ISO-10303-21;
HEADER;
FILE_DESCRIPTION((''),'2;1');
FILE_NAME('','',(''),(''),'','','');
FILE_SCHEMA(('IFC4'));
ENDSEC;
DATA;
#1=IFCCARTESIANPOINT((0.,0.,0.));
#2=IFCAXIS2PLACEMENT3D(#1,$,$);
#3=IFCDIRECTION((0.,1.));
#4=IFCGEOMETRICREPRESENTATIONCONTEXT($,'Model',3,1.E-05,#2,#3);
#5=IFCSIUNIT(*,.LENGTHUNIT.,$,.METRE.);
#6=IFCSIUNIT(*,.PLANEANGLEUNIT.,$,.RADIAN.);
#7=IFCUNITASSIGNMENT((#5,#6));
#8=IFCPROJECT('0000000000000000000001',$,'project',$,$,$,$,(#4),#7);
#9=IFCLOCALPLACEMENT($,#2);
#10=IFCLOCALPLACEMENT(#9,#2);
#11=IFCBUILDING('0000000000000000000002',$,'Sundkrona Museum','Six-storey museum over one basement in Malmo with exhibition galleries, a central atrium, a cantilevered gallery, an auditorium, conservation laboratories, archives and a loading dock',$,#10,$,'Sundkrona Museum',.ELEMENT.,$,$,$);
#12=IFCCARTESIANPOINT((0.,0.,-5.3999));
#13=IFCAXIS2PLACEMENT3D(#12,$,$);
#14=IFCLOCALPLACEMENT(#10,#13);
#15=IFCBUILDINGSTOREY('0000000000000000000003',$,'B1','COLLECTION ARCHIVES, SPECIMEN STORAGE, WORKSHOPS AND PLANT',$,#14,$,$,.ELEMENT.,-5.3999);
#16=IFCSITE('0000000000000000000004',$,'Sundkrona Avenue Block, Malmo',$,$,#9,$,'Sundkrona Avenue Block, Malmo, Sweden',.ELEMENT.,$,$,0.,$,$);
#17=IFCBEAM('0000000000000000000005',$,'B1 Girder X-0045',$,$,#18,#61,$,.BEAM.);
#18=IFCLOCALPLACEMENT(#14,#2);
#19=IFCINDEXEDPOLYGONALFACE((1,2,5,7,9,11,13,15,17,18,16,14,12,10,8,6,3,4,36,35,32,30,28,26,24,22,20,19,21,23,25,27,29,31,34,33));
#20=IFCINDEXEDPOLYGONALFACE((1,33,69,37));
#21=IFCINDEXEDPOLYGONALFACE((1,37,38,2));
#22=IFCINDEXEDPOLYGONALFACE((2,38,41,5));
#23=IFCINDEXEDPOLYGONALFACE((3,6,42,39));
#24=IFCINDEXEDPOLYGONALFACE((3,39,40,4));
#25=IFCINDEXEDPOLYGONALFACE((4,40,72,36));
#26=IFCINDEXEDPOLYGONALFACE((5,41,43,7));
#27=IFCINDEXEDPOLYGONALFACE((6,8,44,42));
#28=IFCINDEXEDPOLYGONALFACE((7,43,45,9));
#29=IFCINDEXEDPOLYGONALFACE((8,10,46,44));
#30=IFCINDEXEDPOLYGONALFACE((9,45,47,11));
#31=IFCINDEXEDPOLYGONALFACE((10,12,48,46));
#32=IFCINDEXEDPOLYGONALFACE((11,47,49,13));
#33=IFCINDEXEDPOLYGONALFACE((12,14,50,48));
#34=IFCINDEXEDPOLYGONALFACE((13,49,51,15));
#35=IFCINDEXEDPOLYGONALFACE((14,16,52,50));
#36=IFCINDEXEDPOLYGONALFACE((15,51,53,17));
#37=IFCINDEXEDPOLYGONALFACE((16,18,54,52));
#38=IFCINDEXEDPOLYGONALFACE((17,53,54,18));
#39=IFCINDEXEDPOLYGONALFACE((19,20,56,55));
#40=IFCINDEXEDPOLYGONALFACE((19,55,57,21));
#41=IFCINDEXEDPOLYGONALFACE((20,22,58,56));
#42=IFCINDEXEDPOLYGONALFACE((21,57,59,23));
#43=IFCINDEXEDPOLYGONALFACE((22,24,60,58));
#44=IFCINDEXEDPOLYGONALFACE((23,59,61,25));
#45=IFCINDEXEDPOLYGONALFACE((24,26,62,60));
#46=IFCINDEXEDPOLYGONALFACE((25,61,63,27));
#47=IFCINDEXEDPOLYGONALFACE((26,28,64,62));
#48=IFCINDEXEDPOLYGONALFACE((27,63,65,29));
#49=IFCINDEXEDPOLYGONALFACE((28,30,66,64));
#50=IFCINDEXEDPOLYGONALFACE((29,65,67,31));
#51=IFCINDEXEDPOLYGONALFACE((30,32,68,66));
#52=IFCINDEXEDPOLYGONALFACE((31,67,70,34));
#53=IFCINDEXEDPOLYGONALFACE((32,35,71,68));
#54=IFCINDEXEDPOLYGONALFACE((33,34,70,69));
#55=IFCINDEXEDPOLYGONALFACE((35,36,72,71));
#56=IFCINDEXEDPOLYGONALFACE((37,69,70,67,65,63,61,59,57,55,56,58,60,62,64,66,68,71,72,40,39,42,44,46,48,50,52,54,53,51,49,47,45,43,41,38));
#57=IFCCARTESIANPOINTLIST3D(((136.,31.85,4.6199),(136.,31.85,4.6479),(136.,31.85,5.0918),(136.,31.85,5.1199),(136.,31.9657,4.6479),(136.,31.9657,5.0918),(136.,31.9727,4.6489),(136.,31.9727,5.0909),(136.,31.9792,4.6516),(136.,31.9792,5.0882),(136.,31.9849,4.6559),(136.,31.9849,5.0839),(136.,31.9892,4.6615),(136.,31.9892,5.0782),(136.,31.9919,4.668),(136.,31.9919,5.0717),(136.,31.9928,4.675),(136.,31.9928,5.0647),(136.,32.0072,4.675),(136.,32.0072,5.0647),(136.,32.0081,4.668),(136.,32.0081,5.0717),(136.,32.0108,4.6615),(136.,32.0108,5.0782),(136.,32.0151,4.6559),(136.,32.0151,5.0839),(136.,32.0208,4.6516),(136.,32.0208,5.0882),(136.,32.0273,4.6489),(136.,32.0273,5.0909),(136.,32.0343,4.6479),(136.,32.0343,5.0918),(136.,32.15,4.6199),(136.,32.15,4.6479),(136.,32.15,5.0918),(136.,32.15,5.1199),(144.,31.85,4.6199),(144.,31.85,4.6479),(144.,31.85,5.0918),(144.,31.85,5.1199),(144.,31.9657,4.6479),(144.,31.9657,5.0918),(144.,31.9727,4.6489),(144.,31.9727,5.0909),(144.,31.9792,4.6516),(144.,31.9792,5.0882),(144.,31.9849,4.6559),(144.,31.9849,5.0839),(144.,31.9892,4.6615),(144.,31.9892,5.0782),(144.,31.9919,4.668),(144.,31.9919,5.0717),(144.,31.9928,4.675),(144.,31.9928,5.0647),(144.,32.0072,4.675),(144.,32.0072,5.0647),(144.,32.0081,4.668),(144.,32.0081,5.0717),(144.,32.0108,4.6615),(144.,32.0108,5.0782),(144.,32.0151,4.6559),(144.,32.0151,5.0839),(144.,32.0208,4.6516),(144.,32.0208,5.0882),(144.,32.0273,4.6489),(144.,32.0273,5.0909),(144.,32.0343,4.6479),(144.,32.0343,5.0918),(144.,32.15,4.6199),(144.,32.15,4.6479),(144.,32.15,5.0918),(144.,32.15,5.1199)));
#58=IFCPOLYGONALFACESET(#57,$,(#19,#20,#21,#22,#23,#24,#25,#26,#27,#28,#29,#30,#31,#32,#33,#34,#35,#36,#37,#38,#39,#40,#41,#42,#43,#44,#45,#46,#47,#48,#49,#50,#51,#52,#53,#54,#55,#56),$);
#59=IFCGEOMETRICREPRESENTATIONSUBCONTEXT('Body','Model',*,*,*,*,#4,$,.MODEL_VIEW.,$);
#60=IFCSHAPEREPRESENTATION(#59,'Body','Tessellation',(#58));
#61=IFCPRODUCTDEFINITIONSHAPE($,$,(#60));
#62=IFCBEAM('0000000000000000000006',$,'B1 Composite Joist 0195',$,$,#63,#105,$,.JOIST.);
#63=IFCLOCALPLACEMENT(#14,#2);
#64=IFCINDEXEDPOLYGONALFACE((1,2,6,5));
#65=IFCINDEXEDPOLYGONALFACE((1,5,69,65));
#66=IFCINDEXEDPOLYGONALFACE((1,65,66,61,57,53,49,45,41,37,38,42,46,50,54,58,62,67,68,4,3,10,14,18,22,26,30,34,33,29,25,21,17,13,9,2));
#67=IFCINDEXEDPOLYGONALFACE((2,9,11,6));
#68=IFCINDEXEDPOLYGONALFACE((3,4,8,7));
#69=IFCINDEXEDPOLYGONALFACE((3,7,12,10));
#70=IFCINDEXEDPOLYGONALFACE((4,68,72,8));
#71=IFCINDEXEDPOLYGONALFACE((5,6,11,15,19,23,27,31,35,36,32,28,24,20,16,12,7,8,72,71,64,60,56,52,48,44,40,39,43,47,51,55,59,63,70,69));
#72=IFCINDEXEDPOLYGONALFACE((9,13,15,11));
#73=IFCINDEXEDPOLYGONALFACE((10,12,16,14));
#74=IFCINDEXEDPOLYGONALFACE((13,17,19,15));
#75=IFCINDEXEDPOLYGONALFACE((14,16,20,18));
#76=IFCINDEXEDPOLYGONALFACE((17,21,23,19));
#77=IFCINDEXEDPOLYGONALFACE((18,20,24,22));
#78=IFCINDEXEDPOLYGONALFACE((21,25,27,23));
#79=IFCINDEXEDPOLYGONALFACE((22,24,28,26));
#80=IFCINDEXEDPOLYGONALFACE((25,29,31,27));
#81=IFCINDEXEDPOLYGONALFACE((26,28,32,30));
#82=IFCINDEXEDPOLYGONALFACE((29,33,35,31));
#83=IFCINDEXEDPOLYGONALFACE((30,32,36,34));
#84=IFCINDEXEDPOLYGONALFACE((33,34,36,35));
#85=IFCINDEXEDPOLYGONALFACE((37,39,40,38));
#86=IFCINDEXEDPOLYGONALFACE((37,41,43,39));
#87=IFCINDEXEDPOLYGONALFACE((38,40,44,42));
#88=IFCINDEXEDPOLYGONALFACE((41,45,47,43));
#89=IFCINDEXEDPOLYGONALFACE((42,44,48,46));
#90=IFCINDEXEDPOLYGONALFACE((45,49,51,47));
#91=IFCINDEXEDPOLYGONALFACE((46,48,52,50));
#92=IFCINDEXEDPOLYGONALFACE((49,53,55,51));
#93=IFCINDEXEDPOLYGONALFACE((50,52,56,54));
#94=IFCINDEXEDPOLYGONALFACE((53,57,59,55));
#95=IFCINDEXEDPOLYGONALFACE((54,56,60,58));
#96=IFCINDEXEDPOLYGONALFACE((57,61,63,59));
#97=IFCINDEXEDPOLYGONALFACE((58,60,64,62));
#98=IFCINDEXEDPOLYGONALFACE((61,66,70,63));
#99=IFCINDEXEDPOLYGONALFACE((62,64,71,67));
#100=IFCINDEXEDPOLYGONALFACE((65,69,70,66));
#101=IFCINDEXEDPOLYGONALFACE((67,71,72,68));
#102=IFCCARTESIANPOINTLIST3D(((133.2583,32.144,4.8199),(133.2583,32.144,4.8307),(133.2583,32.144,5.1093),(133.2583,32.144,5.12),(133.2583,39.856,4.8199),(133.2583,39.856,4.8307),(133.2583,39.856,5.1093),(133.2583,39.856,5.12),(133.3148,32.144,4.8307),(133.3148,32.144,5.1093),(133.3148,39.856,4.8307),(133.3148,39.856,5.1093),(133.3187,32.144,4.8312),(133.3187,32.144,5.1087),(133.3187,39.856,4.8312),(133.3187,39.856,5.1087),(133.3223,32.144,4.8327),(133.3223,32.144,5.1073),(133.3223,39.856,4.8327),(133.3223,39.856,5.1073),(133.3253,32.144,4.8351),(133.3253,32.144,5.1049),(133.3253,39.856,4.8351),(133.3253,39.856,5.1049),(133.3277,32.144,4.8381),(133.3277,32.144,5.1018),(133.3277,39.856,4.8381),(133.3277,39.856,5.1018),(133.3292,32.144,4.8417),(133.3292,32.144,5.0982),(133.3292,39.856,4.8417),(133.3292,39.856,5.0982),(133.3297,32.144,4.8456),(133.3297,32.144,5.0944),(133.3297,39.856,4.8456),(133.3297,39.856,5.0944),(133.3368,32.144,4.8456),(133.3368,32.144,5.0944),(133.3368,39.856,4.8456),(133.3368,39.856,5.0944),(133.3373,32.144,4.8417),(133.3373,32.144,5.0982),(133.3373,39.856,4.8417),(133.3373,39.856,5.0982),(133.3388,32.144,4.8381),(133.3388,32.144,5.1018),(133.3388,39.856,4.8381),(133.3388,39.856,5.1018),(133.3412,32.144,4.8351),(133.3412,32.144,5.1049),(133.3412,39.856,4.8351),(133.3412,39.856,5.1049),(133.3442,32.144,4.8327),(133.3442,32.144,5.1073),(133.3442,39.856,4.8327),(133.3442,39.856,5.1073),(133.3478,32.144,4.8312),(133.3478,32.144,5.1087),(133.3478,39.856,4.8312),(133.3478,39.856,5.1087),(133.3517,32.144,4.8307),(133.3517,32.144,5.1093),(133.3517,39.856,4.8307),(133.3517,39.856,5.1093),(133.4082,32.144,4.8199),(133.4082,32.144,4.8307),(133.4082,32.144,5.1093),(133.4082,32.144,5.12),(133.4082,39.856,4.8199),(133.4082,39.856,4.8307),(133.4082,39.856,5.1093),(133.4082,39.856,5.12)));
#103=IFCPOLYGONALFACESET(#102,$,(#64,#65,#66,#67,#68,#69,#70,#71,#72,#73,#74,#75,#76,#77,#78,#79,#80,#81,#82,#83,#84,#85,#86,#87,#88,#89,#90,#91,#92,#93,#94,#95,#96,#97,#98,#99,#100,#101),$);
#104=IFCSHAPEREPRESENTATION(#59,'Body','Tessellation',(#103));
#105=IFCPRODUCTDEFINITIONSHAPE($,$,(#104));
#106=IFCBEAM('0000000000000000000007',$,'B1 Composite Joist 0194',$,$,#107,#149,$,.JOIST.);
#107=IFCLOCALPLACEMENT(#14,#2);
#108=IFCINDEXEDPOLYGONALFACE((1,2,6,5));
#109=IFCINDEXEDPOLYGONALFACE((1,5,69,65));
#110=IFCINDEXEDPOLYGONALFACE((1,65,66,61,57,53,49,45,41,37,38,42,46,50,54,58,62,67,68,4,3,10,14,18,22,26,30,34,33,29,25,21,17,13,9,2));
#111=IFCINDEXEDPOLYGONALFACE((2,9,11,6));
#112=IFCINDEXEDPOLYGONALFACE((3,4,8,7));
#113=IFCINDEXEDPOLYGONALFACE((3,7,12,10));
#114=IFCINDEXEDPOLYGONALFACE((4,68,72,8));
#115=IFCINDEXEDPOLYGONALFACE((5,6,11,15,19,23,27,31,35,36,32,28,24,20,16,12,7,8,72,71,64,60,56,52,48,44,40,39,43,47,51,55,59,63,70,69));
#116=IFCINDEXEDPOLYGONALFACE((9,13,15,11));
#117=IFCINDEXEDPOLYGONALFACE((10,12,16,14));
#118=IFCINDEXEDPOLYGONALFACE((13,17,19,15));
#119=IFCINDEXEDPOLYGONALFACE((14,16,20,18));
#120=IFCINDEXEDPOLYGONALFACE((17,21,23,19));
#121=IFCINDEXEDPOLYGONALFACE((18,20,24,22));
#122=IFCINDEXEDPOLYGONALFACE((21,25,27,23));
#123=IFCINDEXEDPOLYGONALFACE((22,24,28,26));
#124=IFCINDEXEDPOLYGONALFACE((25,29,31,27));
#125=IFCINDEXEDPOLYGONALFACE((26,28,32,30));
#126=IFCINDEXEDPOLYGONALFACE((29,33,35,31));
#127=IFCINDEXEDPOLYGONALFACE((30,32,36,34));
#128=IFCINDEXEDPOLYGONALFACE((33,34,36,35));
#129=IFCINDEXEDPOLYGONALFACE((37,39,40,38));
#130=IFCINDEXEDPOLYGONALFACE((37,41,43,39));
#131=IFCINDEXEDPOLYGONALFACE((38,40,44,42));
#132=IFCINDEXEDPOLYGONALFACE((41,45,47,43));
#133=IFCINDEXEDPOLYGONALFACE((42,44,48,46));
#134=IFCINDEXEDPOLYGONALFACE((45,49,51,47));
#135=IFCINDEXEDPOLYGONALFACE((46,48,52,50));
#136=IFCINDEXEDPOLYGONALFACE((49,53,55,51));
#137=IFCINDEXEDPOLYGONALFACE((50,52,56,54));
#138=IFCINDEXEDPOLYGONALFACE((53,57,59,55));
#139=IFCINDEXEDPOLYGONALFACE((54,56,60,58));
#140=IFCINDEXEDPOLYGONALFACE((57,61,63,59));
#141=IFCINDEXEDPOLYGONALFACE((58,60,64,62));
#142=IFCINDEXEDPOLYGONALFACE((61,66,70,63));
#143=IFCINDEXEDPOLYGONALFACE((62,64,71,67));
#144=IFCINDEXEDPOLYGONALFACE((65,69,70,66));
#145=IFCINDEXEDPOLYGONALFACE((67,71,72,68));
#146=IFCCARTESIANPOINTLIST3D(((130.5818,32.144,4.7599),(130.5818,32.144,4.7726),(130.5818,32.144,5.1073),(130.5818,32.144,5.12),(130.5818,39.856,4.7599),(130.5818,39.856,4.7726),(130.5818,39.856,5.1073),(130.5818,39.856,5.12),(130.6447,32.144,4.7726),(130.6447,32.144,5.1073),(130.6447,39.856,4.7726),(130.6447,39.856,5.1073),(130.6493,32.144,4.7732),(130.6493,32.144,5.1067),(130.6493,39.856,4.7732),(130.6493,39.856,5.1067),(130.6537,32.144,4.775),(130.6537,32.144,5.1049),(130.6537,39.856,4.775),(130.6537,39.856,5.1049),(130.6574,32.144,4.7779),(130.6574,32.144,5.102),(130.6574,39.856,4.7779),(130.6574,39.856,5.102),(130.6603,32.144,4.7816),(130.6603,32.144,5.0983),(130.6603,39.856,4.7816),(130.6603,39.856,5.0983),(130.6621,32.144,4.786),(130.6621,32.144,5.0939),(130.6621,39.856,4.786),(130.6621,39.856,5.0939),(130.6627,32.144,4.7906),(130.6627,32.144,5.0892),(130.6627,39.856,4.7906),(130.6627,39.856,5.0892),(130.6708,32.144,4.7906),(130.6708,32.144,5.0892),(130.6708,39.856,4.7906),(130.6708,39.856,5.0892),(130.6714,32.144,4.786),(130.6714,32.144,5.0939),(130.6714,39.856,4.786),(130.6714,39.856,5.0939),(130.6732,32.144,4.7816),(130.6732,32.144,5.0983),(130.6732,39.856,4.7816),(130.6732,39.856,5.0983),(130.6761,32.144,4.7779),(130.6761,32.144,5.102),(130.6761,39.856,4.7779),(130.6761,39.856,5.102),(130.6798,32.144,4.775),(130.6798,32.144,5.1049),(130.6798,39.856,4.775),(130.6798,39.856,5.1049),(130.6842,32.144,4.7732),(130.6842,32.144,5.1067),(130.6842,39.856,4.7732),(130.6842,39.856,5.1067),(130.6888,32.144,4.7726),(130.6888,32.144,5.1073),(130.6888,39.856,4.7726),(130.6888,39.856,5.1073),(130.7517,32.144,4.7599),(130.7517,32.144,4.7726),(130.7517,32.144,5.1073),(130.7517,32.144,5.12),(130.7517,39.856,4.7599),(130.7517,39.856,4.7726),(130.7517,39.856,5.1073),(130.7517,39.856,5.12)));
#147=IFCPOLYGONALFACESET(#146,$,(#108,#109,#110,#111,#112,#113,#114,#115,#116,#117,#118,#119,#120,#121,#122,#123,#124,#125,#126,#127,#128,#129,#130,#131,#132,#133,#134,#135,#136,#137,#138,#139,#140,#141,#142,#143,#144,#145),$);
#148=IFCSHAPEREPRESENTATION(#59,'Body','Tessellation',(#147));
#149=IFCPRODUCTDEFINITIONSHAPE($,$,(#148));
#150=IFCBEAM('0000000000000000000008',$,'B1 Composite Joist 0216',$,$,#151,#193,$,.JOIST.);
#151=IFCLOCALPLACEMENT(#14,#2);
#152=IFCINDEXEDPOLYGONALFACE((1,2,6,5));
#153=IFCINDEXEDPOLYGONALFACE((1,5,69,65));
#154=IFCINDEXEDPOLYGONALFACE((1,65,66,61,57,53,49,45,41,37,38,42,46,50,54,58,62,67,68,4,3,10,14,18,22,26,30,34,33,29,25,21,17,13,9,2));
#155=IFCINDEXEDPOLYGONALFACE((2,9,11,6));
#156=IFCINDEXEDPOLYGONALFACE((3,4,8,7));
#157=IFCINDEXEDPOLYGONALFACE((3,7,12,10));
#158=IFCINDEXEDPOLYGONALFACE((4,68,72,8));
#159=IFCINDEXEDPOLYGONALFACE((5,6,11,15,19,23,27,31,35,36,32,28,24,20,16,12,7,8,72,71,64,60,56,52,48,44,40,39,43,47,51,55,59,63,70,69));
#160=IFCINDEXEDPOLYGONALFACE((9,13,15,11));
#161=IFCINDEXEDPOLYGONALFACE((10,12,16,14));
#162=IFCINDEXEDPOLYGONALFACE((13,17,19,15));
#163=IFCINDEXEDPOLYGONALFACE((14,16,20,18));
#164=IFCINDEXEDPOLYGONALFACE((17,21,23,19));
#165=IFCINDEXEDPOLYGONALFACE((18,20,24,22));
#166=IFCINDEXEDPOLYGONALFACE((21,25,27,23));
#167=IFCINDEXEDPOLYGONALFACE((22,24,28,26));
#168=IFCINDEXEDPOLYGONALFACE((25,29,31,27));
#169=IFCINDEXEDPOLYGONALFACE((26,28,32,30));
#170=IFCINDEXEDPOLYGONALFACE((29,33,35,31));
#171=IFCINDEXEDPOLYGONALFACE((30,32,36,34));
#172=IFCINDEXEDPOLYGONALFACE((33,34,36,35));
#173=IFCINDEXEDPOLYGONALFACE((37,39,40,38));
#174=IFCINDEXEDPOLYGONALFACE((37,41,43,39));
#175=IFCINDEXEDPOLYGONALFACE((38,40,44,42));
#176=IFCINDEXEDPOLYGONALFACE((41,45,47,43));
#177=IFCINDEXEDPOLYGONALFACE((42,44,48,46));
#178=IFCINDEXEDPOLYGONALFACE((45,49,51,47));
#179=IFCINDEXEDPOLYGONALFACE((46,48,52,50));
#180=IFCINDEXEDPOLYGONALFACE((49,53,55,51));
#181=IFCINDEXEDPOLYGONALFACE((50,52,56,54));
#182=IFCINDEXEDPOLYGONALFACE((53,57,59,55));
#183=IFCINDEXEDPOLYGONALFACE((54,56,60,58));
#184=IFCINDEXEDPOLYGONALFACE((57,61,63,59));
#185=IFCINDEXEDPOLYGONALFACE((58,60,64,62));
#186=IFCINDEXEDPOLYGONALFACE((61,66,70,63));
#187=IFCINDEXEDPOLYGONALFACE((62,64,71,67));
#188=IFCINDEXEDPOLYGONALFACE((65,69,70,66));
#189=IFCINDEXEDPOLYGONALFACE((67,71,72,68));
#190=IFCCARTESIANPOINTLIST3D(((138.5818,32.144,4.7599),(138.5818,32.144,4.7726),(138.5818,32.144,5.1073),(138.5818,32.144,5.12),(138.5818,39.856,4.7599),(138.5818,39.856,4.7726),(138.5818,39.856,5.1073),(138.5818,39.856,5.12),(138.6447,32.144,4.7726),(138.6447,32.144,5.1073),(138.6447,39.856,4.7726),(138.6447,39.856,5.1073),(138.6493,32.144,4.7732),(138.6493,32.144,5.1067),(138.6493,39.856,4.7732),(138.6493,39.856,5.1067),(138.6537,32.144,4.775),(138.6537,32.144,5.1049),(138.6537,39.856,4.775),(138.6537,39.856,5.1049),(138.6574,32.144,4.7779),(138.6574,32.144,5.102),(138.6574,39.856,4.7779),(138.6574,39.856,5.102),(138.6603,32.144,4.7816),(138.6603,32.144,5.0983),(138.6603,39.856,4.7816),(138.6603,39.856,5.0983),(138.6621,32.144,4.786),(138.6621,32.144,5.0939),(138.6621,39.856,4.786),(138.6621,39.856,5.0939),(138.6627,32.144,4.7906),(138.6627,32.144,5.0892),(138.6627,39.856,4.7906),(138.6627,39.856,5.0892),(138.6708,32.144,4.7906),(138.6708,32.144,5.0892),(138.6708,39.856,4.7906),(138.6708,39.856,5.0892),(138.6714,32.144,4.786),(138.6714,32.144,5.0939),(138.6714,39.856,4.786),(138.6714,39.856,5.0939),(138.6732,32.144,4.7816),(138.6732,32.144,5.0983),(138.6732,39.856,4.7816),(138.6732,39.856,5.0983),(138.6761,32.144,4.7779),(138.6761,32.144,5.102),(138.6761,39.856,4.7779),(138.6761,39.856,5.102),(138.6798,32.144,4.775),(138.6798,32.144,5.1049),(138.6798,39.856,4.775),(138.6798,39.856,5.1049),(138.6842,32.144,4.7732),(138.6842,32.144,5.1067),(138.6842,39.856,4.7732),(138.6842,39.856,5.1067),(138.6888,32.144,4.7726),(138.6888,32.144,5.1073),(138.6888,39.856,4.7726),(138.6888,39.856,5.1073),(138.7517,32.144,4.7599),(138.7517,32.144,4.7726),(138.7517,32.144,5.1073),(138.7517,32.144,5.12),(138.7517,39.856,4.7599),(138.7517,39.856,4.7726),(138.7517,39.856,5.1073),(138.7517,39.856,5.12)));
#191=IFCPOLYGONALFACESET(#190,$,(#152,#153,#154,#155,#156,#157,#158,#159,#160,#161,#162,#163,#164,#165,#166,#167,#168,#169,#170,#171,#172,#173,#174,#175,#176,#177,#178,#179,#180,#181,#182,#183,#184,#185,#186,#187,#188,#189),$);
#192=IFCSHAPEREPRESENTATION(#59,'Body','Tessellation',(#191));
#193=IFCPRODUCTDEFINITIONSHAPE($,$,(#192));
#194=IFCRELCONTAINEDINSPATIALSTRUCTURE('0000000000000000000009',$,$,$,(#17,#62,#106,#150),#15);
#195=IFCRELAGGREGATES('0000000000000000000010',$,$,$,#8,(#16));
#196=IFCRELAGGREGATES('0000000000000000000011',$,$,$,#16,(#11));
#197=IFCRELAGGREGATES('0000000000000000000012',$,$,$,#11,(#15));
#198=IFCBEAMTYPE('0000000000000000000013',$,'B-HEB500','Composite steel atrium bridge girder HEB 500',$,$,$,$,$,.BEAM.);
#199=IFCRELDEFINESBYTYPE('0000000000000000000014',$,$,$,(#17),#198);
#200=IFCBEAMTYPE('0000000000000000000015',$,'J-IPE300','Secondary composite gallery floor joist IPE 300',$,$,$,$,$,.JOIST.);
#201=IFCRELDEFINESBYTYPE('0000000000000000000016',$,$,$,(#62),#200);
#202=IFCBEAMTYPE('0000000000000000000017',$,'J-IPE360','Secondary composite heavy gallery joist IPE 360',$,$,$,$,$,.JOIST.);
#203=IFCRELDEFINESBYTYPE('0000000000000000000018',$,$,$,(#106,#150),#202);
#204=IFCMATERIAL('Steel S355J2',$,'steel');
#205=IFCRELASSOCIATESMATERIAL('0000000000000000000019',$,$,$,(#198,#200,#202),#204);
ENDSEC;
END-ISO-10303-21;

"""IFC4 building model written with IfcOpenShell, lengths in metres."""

from ifc_helpers import new_model, si_unit, direction, frame, origin, origin_2d, place, context, subcontext, project, spatial, i_section, extrude, material, material_profile, profile_set, type_object, element, save


model = new_model("IFC4")

# Units and contexts
model_context = context("Model", 3, precision=1e-05, world=origin(), true_north=direction((0.0, 1.0)))
body_context = subcontext(model_context, "Body", "Model", "MODEL_VIEW")
ifc_project = project(units=[si_unit("LENGTHUNIT", "METRE"), si_unit("PLANEANGLEUNIT", "RADIAN")], contexts=[model_context])

# Site, building, storey
site_placement = place(None, origin())
site = spatial("IfcSite", under=ifc_project, at=site_placement, Name="Sundkrona Avenue Block, Malmo", LongName="Sundkrona Avenue Block, Malmo, Sweden", CompositionType="ELEMENT", RefElevation=0.0)
building_placement = place(site_placement, origin())
building = spatial("IfcBuilding", under=site, at=building_placement, Name="Sundkrona Museum", Description="Six-storey museum over one basement in Malmo with exhibition galleries, a central atrium, a cantilevered gallery, an auditorium, conservation laboratories, archives and a loading dock", LongName="Sundkrona Museum", CompositionType="ELEMENT")
storey_placement = place(building_placement, frame((0.0, 0.0, -5.3999)))
storey = spatial("IfcBuildingStorey", under=building, at=storey_placement, Name="B1", Description="COLLECTION ARCHIVES, SPECIMEN STORAGE, WORKSHOPS AND PLANT", CompositionType="ELEMENT", Elevation=-5.3999)

# Beams
ifc_material_1 = material(Name="Steel S355J2", Category="steel")
ifc_material_profile_1 = material_profile(ifc_material_1, i_section(OverallWidth=0.3, OverallDepth=0.5, WebThickness=0.0144, FlangeThickness=0.0281, FilletRadius=0.0271, at=origin_2d()), Name="HEB 500")
ifc_profile_set_1 = profile_set([ifc_material_profile_1], Name="Steel S355J2")
beam_type_1 = type_object("IfcBeamType", Name="B-HEB500", Description="Composite steel atrium bridge girder HEB 500", PredefinedType="BEAM", material=ifc_profile_set_1)
beam_1_placement = place(storey_placement, frame((136.0, 32.0, 4.8699), z_axis=(1.0, 0.0, 0.0), x_axis=(0.0, 1.0, 0.0)))
element("IfcBeam", 1, at=beam_1_placement, inside=storey, type_object=beam_type_1, Name="B1 Girder X-0045", PredefinedType="BEAM", context=body_context, shape_type="SweptSolid", body=[
    extrude(i_section(OverallWidth=0.3, OverallDepth=0.5, WebThickness=0.0144, FlangeThickness=0.0281, FilletRadius=0.0271, at=origin_2d()), origin(), (0.0, 0.0, 1.0), 8.0),
])
ifc_material_profile_2 = material_profile(ifc_material_1, i_section(OverallWidth=0.1499, OverallDepth=0.3, WebThickness=0.0071, FlangeThickness=0.0107, FilletRadius=0.0149, at=origin_2d()), Name="IPE 300")
ifc_profile_set_2 = profile_set([ifc_material_profile_2], Name="Steel S355J2")
beam_type_2 = type_object("IfcBeamType", Name="J-IPE300", Description="Secondary composite gallery floor joist IPE 300", PredefinedType="JOIST", material=ifc_profile_set_2)
beam_2_placement = place(storey_placement, frame((133.3333, 32.144, 4.97), z_axis=(0.0, 1.0, 0.0), x_axis=(-1.0, 0.0, 0.0)))
element("IfcBeam", 2, at=beam_2_placement, inside=storey, type_object=beam_type_2, Name="B1 Composite Joist 0195", PredefinedType="JOIST", context=body_context, shape_type="SweptSolid", body=[
    extrude(i_section(OverallWidth=0.1499, OverallDepth=0.3, WebThickness=0.0071, FlangeThickness=0.0107, FilletRadius=0.0149, at=origin_2d()), origin(), (0.0, 0.0, 1.0), 7.7119),
])
ifc_material_profile_3 = material_profile(ifc_material_1, i_section(OverallWidth=0.1699, OverallDepth=0.3601, WebThickness=0.0081, FlangeThickness=0.0127, FilletRadius=0.0181, at=origin_2d()), Name="IPE 360")
ifc_profile_set_3 = profile_set([ifc_material_profile_3], Name="Steel S355J2")
beam_type_3 = type_object("IfcBeamType", Name="J-IPE360", Description="Secondary composite heavy gallery joist IPE 360", PredefinedType="JOIST", material=ifc_profile_set_3)
for number, where, z_axis, x_axis, name in (
    (3, (130.6667, 32.144, 4.9399), (0.0, 1.0, 0.0), (-1.0, 0.0, 0.0), "B1 Composite Joist 0194"),
    (4, (138.6667, 32.144, 4.9399), (0.0, 1.0, 0.0), (-1.0, 0.0, 0.0), "B1 Composite Joist 0216"),
):
    element("IfcBeam", number, at=place(storey_placement, frame(where, z_axis=z_axis, x_axis=x_axis)), inside=storey, type_object=beam_type_3, Name=name, PredefinedType="JOIST", context=body_context, shape_type="SweptSolid", body=[
        extrude(i_section(OverallWidth=0.1699, OverallDepth=0.3601, WebThickness=0.0081, FlangeThickness=0.0127, FilletRadius=0.0181, at=origin_2d()), origin(), (0.0, 0.0, 1.0), 7.7119),
    ])

save(model, "model.ifc")
